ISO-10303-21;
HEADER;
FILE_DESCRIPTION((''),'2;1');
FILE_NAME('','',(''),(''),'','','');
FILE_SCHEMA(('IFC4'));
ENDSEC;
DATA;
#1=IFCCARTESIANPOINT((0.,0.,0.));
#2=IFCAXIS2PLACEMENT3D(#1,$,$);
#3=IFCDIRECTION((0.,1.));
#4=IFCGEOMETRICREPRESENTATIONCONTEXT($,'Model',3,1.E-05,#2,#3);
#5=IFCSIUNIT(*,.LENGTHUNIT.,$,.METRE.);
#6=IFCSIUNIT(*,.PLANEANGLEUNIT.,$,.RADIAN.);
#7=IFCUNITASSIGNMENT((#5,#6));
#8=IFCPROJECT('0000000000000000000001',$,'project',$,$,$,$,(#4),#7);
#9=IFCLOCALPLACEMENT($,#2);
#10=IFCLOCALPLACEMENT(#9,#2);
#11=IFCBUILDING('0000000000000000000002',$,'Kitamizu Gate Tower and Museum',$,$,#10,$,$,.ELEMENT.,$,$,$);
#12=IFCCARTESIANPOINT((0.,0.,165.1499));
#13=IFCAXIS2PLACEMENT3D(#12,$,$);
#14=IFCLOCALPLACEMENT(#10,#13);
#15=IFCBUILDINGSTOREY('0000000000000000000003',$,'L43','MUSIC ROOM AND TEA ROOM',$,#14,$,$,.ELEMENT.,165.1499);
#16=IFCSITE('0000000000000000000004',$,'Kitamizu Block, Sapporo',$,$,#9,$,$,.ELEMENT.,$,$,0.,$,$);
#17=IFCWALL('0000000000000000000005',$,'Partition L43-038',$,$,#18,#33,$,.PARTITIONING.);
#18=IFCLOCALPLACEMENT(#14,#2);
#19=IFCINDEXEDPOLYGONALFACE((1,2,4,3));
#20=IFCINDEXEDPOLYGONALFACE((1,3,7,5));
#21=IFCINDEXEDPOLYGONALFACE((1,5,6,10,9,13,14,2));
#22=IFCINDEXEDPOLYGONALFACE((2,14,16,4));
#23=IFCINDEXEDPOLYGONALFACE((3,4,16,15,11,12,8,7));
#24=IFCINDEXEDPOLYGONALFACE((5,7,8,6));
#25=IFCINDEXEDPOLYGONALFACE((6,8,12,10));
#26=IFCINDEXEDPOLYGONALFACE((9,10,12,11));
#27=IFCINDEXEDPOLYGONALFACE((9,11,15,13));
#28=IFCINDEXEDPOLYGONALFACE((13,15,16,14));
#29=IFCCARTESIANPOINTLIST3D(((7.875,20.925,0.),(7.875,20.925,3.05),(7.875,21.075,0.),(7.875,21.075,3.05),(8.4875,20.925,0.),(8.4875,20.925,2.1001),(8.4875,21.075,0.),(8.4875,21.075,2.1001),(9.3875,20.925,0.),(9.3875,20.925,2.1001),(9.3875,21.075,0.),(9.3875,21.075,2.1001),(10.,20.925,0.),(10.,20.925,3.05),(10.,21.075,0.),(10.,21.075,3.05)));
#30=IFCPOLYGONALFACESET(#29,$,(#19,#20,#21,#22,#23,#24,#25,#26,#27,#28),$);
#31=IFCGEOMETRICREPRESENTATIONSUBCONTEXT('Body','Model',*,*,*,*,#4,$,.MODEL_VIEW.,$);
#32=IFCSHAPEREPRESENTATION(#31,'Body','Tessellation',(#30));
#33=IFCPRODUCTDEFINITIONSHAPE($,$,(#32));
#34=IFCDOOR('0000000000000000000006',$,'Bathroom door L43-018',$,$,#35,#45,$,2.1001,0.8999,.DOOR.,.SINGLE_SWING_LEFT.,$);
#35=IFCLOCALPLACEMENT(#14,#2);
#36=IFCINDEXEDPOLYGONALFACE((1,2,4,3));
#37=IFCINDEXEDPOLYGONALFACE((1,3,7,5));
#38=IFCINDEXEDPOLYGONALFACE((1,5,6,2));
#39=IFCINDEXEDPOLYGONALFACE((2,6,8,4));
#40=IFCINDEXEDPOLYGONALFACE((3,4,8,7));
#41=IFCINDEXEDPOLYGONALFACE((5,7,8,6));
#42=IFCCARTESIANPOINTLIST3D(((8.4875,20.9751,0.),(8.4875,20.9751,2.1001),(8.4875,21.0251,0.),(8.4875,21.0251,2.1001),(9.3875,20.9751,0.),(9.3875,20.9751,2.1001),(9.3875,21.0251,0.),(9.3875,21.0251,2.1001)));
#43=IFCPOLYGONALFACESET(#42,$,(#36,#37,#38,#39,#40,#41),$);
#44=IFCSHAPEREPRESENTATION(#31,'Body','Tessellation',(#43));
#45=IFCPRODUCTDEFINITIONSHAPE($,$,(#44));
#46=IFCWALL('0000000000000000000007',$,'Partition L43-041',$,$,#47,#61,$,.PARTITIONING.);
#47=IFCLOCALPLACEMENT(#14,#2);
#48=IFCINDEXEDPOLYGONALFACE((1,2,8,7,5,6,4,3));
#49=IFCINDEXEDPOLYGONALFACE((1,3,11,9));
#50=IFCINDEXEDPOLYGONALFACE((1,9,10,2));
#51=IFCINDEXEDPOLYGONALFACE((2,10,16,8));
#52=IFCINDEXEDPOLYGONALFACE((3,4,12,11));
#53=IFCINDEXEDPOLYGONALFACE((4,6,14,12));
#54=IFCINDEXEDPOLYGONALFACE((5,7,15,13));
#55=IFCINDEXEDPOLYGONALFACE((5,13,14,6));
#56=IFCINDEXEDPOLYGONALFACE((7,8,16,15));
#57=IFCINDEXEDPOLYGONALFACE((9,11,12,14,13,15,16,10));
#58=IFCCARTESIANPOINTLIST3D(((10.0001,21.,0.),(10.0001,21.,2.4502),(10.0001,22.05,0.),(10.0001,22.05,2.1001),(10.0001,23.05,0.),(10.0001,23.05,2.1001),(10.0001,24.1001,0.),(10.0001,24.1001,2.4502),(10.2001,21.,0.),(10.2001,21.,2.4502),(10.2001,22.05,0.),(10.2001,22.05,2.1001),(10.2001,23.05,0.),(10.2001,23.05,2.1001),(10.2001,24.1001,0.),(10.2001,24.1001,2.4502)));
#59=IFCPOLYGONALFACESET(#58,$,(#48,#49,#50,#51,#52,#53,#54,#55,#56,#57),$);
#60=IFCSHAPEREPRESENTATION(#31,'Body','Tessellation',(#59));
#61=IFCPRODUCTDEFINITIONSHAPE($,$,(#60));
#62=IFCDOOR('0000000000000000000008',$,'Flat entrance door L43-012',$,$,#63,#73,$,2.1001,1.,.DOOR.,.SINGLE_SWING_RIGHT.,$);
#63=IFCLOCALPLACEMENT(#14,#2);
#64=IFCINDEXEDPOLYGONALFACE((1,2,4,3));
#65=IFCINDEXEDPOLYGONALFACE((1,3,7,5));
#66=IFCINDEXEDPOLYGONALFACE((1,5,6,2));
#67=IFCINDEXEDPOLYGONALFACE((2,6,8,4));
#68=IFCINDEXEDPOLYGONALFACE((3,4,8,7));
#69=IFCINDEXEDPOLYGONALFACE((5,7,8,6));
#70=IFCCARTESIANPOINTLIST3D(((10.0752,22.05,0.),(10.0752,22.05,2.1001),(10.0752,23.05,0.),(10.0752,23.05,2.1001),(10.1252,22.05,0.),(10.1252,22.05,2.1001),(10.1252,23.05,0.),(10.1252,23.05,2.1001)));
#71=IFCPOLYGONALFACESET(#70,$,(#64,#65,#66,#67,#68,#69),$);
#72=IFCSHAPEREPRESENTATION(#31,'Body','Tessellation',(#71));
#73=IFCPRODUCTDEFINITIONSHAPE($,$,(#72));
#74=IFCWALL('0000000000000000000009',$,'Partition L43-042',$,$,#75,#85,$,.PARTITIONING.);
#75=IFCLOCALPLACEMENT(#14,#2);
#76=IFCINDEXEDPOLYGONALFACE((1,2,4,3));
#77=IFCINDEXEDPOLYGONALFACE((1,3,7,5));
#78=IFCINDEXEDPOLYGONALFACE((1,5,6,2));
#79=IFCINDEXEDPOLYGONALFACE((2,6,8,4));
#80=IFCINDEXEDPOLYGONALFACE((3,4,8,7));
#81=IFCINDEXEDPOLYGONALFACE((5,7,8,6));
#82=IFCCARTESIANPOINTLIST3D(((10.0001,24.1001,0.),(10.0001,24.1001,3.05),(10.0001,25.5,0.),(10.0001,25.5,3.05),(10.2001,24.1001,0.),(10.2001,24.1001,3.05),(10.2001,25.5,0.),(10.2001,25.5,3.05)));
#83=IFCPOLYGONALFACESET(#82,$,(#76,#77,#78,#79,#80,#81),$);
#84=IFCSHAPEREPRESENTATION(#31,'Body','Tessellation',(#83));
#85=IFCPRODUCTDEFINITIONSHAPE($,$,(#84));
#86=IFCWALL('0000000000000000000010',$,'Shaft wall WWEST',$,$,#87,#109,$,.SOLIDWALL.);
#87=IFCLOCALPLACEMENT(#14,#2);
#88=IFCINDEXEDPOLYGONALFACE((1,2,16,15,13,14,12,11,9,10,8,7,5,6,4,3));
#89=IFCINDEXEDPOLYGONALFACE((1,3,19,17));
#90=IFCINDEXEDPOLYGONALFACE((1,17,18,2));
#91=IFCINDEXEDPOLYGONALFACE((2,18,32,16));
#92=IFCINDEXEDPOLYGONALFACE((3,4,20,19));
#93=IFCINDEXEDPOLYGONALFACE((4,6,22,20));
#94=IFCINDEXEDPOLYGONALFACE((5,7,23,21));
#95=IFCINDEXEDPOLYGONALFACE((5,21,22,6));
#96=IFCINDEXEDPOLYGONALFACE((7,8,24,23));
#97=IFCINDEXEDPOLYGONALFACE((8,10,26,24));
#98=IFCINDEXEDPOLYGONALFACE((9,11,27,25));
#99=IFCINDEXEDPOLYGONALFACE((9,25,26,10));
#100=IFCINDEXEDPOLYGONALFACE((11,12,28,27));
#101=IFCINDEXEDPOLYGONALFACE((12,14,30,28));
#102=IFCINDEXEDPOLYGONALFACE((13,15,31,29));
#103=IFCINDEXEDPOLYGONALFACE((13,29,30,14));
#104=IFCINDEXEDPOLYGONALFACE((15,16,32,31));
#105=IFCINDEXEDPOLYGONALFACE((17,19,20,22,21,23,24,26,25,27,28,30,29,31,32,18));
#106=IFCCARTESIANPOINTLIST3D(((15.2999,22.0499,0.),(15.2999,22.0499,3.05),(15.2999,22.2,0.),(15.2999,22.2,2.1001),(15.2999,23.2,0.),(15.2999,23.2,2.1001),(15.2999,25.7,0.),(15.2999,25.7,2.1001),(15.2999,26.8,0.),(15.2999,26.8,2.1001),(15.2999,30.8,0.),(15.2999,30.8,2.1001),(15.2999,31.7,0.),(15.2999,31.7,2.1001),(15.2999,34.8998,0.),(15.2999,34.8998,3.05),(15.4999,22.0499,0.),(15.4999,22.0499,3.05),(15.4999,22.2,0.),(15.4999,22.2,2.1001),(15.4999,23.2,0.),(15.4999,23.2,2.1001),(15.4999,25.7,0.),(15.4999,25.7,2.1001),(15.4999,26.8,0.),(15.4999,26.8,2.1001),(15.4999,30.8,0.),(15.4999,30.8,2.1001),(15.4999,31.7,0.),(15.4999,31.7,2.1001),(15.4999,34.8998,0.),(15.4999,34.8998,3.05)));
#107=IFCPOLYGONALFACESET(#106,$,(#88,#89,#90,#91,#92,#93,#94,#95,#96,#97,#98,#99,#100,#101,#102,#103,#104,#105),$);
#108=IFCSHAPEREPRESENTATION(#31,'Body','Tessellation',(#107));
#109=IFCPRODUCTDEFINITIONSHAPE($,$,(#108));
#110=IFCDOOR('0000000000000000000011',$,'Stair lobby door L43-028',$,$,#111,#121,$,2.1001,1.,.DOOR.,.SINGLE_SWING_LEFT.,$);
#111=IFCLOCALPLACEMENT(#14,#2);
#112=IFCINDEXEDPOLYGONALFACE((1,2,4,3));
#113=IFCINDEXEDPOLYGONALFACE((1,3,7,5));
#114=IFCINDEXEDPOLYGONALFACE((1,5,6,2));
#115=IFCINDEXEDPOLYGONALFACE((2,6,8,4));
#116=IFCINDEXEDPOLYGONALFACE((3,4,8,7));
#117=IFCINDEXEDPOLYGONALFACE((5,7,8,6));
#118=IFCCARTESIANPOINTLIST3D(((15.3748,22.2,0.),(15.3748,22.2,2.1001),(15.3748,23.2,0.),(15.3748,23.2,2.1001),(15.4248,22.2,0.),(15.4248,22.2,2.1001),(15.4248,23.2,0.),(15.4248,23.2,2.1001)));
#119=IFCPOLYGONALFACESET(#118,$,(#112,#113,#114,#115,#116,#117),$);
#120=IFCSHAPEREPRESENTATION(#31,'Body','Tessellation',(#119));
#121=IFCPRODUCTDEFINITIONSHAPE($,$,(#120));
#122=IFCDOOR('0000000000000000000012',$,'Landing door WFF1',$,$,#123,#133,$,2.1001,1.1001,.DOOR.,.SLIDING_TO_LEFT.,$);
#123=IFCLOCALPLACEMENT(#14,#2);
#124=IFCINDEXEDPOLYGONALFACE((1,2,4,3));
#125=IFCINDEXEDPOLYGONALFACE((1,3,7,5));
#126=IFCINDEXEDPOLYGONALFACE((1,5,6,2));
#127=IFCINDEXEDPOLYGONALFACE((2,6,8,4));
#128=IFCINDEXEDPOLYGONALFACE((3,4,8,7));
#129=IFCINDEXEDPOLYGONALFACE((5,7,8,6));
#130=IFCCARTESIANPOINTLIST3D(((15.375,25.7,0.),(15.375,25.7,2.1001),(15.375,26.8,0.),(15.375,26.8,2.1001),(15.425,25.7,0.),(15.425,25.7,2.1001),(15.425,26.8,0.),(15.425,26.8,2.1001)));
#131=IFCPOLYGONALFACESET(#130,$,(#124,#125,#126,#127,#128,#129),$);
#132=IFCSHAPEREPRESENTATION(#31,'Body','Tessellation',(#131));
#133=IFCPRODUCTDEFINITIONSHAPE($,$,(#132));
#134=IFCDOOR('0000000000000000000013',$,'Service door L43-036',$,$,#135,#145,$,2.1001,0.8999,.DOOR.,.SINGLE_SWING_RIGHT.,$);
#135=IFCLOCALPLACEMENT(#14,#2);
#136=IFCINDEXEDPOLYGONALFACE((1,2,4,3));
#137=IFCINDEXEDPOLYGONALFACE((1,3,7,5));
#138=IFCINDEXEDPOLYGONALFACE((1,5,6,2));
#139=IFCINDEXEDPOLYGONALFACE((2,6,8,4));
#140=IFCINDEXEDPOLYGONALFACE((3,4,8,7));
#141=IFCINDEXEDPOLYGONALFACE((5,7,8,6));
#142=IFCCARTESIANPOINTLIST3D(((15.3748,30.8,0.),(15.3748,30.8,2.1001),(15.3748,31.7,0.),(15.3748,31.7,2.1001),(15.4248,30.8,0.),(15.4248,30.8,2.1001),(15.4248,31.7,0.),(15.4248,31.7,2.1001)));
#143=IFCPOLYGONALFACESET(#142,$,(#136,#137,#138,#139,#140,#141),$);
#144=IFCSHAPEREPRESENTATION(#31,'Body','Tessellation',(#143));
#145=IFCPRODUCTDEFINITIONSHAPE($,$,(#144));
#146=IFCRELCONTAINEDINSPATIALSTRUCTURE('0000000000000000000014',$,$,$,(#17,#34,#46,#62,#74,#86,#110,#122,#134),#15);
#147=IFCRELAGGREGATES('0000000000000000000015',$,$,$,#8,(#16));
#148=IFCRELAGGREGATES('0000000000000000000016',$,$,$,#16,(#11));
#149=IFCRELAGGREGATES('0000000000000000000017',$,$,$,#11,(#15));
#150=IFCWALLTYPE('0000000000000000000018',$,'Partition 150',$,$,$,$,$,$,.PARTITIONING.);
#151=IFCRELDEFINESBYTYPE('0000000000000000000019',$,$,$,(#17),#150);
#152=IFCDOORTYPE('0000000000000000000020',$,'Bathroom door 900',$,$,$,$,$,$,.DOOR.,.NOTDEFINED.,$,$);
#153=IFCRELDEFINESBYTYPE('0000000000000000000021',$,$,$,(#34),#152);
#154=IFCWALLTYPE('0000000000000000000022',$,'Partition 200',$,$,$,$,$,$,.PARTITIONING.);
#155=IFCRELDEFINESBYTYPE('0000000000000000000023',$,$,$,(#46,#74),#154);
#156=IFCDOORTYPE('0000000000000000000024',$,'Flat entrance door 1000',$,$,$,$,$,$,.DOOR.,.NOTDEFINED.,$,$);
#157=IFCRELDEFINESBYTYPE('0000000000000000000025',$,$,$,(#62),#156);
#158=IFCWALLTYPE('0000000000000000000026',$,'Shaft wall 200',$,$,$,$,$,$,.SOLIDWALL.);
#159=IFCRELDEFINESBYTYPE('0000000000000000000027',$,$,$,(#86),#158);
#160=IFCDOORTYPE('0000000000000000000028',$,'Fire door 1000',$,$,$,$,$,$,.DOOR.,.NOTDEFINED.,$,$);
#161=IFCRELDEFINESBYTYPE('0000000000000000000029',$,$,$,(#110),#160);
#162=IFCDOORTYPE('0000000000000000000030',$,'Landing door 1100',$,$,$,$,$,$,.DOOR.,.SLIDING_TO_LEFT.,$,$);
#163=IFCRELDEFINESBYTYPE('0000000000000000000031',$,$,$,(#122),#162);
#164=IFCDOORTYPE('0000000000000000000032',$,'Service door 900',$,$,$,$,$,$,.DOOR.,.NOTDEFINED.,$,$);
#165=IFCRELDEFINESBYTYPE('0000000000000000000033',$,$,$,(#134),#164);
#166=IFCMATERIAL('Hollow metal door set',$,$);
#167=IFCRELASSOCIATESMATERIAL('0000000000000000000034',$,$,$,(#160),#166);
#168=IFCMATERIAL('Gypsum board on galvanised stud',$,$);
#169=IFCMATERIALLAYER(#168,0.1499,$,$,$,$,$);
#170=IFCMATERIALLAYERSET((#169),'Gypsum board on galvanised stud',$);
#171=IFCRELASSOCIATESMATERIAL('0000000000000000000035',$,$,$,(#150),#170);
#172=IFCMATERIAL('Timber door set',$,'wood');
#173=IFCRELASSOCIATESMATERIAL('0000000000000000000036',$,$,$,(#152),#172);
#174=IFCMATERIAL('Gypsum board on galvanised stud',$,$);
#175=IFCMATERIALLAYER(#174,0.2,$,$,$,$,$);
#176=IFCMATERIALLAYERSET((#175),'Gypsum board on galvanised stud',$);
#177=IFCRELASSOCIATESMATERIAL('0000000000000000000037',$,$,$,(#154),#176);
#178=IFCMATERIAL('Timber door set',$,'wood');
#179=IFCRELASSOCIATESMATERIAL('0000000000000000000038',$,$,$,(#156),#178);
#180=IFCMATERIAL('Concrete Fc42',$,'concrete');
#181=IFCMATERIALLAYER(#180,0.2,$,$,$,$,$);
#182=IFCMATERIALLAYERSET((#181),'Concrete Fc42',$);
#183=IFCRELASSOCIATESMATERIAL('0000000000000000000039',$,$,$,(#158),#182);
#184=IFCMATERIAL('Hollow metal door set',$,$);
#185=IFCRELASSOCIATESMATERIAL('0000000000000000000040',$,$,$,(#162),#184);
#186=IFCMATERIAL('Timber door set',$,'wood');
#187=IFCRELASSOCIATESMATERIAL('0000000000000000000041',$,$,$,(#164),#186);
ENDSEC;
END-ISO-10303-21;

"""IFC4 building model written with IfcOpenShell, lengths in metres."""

from ifc_helpers import new_model, si_unit, direction, frame, frame_2d, origin, place, context, subcontext, project, spatial, rectangle, extrude, material, layer, layer_set, type_object, element, fill, save


model = new_model("IFC4")

# Units and contexts
model_context = context("Model", 3, precision=1e-05, world=origin(), true_north=direction((0.0, 1.0)))
body_context = subcontext(model_context, "Body", "Model", "MODEL_VIEW")
ifc_project = project(units=[si_unit("LENGTHUNIT", "METRE"), si_unit("PLANEANGLEUNIT", "RADIAN")], contexts=[model_context])

# Site, building, storey
site_placement = place(None, origin())
site = spatial("IfcSite", under=ifc_project, at=site_placement, Name="Kitamizu Block, Sapporo", CompositionType="ELEMENT", RefElevation=0.0)
building_placement = place(site_placement, origin())
building = spatial("IfcBuilding", under=site, at=building_placement, Name="Kitamizu Gate Tower and Museum", CompositionType="ELEMENT")
storey_placement = place(building_placement, frame((0.0, 0.0, 165.1499)))
storey = spatial("IfcBuildingStorey", under=building, at=storey_placement, Name="L43", Description="MUSIC ROOM AND TEA ROOM", CompositionType="ELEMENT", Elevation=165.1499)

# Shared definitions
ifc_material_1 = material(Name="Hollow metal door set")
door_type_1 = type_object("IfcDoorType", Name="Fire door 1000", OperationType="NOTDEFINED", PredefinedType="DOOR", material=ifc_material_1)

# Walls, openings, doors
ifc_material_2 = material(Name="Gypsum board on galvanised stud")
ifc_layer_1 = layer(ifc_material_2, 0.1499)
ifc_layer_set_1 = layer_set([ifc_layer_1], Name="Gypsum board on galvanised stud")
wall_type_1 = type_object("IfcWallType", Name="Partition 150", PredefinedType="PARTITIONING", material=ifc_layer_set_1)
wall_1_placement = place(storey_placement, frame((10.0, 21.0, 0.0), z_axis=(0.0, 0.0, 1.0), x_axis=(-1.0, 0.0, 0.0)))
wall_1 = element("IfcWall", 1, at=wall_1_placement, inside=storey, type_object=wall_type_1, Name="Partition L43-038", PredefinedType="PARTITIONING", context=body_context, shape_type="SweptSolid", body=[
    extrude(rectangle(XDim=2.125, YDim=0.1499, at=frame_2d((1.0625, 0.0))), origin(), (0.0, 0.0, 1.0), 3.05),
])
opening_1_placement = place(wall_1_placement, frame((0.6125, 0.0, 0.0)))
opening_1 = element("IfcOpeningElement", 2, at=opening_1_placement, cuts=wall_1, PredefinedType="OPENING", context=body_context, shape_type="SweptSolid", body=[
    extrude(rectangle(XDim=0.8999, YDim=2.1001, at=frame_2d((0.45, 1.05))), frame((0.0, 0.085, 0.0), z_axis=(0.0, -1.0, 0.0), x_axis=(1.0, 0.0, 0.0)), (0.0, 0.0, 1.0), 0.1699),
])
ifc_material_3 = material(Name="Timber door set", Category="wood")
door_type_2 = type_object("IfcDoorType", Name="Bathroom door 900", OperationType="NOTDEFINED", PredefinedType="DOOR", material=ifc_material_3)
door_1_placement = place(opening_1_placement, origin())
door_1 = element("IfcDoor", 3, at=door_1_placement, inside=storey, type_object=door_type_2, Name="Bathroom door L43-018", OperationType="SINGLE_SWING_LEFT", OverallHeight=2.1001, OverallWidth=0.8999, PredefinedType="DOOR", context=body_context, shape_type="SweptSolid", body=[
    extrude(rectangle(XDim=0.8999, YDim=2.1001, at=frame_2d((0.45, 1.05))), frame((0.0, 0.0249, 0.0), z_axis=(0.0, -1.0, 0.0), x_axis=(1.0, 0.0, 0.0)), (0.0, 0.0, 1.0), 0.05),
])
fill(opening_1, door_1)
ifc_material_4 = material(Name="Gypsum board on galvanised stud")
ifc_layer_2 = layer(ifc_material_4, 0.2)
ifc_layer_set_2 = layer_set([ifc_layer_2], Name="Gypsum board on galvanised stud")
wall_type_2 = type_object("IfcWallType", Name="Partition 200", PredefinedType="PARTITIONING", material=ifc_layer_set_2)
wall_2_placement = place(storey_placement, frame((10.1001, 21.0, 0.0), z_axis=(0.0, 0.0, 1.0), x_axis=(0.0, 1.0, 0.0)))
wall_2 = element("IfcWall", 4, at=wall_2_placement, inside=storey, type_object=wall_type_2, Name="Partition L43-041", PredefinedType="PARTITIONING", context=body_context, shape_type="SweptSolid", body=[
    extrude(rectangle(XDim=3.1001, YDim=0.2, at=frame_2d((1.55, 0.0))), origin(), (0.0, 0.0, 1.0), 2.4502),
])
opening_2_placement = place(wall_2_placement, frame((1.05, 0.0, 0.0)))
opening_2 = element("IfcOpeningElement", 5, at=opening_2_placement, cuts=wall_2, PredefinedType="OPENING", context=body_context, shape_type="SweptSolid", body=[
    extrude(rectangle(XDim=1.0, YDim=2.1001, at=frame_2d((0.5, 1.05))), frame((0.0, 0.1099, 0.0), z_axis=(0.0, -1.0, 0.0), x_axis=(1.0, 0.0, 0.0)), (0.0, 0.0, 1.0), 0.22),
])
ifc_material_5 = material(Name="Timber door set", Category="wood")
door_type_3 = type_object("IfcDoorType", Name="Flat entrance door 1000", OperationType="NOTDEFINED", PredefinedType="DOOR", material=ifc_material_5)
door_2_placement = place(opening_2_placement, origin())
door_2 = element("IfcDoor", 6, at=door_2_placement, inside=storey, type_object=door_type_3, Name="Flat entrance door L43-012", OperationType="SINGLE_SWING_RIGHT", OverallHeight=2.1001, OverallWidth=1.0, PredefinedType="DOOR", context=body_context, shape_type="SweptSolid", body=[
    extrude(rectangle(XDim=1.0, YDim=2.1001, at=frame_2d((0.5, 1.05))), frame((0.0, 0.0249, 0.0), z_axis=(0.0, -1.0, 0.0), x_axis=(1.0, 0.0, 0.0)), (0.0, 0.0, 1.0), 0.05),
])
fill(opening_2, door_2)

# Wall
wall_3_placement = place(storey_placement, frame((10.1001, 24.1001, 0.0), z_axis=(0.0, 0.0, 1.0), x_axis=(0.0, 1.0, 0.0)))
element("IfcWall", 7, at=wall_3_placement, inside=storey, type_object=wall_type_2, Name="Partition L43-042", PredefinedType="PARTITIONING", context=body_context, shape_type="SweptSolid", body=[
    extrude(rectangle(XDim=1.3999, YDim=0.2, at=frame_2d((0.7, 0.0))), origin(), (0.0, 0.0, 1.0), 3.05),
])

# Wall, openings, doors
ifc_material_6 = material(Name="Concrete Fc42", Category="concrete")
ifc_layer_3 = layer(ifc_material_6, 0.2)
ifc_layer_set_3 = layer_set([ifc_layer_3], Name="Concrete Fc42")
wall_type_3 = type_object("IfcWallType", Name="Shaft wall 200", PredefinedType="SOLIDWALL", material=ifc_layer_set_3)
wall_4_placement = place(storey_placement, frame((15.3999, 22.05, 0.0), z_axis=(0.0, 0.0, 1.0), x_axis=(0.0, 1.0, 0.0)))
wall_4 = element("IfcWall", 8, at=wall_4_placement, inside=storey, type_object=wall_type_3, Name="Shaft wall WWEST", PredefinedType="SOLIDWALL", context=body_context, shape_type="SweptSolid", body=[
    extrude(rectangle(XDim=12.8499, YDim=0.2, at=frame_2d((6.4248, 0.0))), origin(), (0.0, 0.0, 1.0), 3.05),
])
opening_3_placement = place(wall_4_placement, frame((3.6499, 0.0, 0.0)))
opening_3 = element("IfcOpeningElement", 9, at=opening_3_placement, cuts=wall_4, PredefinedType="OPENING", context=body_context, shape_type="SweptSolid", body=[
    extrude(rectangle(XDim=1.1001, YDim=2.1001, at=frame_2d((0.55, 1.05))), frame((0.0, 0.1099, 0.0), z_axis=(0.0, -1.0, 0.0), x_axis=(1.0, 0.0, 0.0)), (0.0, 0.0, 1.0), 0.22),
])
opening_4_placement = place(wall_4_placement, frame((0.1499, 0.0, 0.0)))
opening_4 = element("IfcOpeningElement", 10, at=opening_4_placement, cuts=wall_4, PredefinedType="OPENING", context=body_context, shape_type="SweptSolid", body=[
    extrude(rectangle(XDim=1.0, YDim=2.1001, at=frame_2d((0.5, 1.05))), frame((0.0, 0.1099, 0.0), z_axis=(0.0, -1.0, 0.0), x_axis=(1.0, 0.0, 0.0)), (0.0, 0.0, 1.0), 0.22),
])
opening_5_placement = place(wall_4_placement, frame((8.75, 0.0, 0.0)))
opening_5 = element("IfcOpeningElement", 11, at=opening_5_placement, cuts=wall_4, PredefinedType="OPENING", context=body_context, shape_type="SweptSolid", body=[
    extrude(rectangle(XDim=0.8999, YDim=2.1001, at=frame_2d((0.45, 1.05))), frame((0.0, 0.1099, 0.0), z_axis=(0.0, -1.0, 0.0), x_axis=(1.0, 0.0, 0.0)), (0.0, 0.0, 1.0), 0.22),
])
door_3_placement = place(opening_4_placement, frame((1.0, 0.0, 0.0), x_axis=(-1.0, 0.0, 0.0)))
door_3 = element("IfcDoor", 12, at=door_3_placement, inside=storey, type_object=door_type_1, Name="Stair lobby door L43-028", OperationType="SINGLE_SWING_LEFT", OverallHeight=2.1001, OverallWidth=1.0, PredefinedType="DOOR", context=body_context, shape_type="SweptSolid", body=[
    extrude(rectangle(XDim=1.0, YDim=2.1001, at=frame_2d((0.5, 1.05))), frame((0.0, 0.0249, 0.0), z_axis=(0.0, -1.0, 0.0), x_axis=(1.0, 0.0, 0.0)), (0.0, 0.0, 1.0), 0.05),
])
fill(opening_4, door_3)
ifc_material_7 = material(Name="Hollow metal door set")
door_type_4 = type_object("IfcDoorType", Name="Landing door 1100", OperationType="SLIDING_TO_LEFT", PredefinedType="DOOR", material=ifc_material_7)
door_4_placement = place(opening_3_placement, origin())
door_4 = element("IfcDoor", 13, at=door_4_placement, inside=storey, type_object=door_type_4, Name="Landing door WFF1", OperationType="SLIDING_TO_LEFT", OverallHeight=2.1001, OverallWidth=1.1001, PredefinedType="DOOR", context=body_context, shape_type="SweptSolid", body=[
    extrude(rectangle(XDim=1.1001, YDim=2.1001, at=frame_2d((0.55, 1.05))), frame((0.0, 0.0249, 0.0), z_axis=(0.0, -1.0, 0.0), x_axis=(1.0, 0.0, 0.0)), (0.0, 0.0, 1.0), 0.05),
])
fill(opening_3, door_4)
ifc_material_8 = material(Name="Timber door set", Category="wood")
door_type_5 = type_object("IfcDoorType", Name="Service door 900", OperationType="NOTDEFINED", PredefinedType="DOOR", material=ifc_material_8)
door_5_placement = place(opening_5_placement, frame((0.8999, 0.0, 0.0), x_axis=(-1.0, 0.0, 0.0)))
door_5 = element("IfcDoor", 14, at=door_5_placement, inside=storey, type_object=door_type_5, Name="Service door L43-036", OperationType="SINGLE_SWING_RIGHT", OverallHeight=2.1001, OverallWidth=0.8999, PredefinedType="DOOR", context=body_context, shape_type="SweptSolid", body=[
    extrude(rectangle(XDim=0.8999, YDim=2.1001, at=frame_2d((0.45, 1.05))), frame((0.0, 0.0249, 0.0), z_axis=(0.0, -1.0, 0.0), x_axis=(1.0, 0.0, 0.0)), (0.0, 0.0, 1.0), 0.05),
])
fill(opening_5, door_5)

save(model, "model.ifc")
